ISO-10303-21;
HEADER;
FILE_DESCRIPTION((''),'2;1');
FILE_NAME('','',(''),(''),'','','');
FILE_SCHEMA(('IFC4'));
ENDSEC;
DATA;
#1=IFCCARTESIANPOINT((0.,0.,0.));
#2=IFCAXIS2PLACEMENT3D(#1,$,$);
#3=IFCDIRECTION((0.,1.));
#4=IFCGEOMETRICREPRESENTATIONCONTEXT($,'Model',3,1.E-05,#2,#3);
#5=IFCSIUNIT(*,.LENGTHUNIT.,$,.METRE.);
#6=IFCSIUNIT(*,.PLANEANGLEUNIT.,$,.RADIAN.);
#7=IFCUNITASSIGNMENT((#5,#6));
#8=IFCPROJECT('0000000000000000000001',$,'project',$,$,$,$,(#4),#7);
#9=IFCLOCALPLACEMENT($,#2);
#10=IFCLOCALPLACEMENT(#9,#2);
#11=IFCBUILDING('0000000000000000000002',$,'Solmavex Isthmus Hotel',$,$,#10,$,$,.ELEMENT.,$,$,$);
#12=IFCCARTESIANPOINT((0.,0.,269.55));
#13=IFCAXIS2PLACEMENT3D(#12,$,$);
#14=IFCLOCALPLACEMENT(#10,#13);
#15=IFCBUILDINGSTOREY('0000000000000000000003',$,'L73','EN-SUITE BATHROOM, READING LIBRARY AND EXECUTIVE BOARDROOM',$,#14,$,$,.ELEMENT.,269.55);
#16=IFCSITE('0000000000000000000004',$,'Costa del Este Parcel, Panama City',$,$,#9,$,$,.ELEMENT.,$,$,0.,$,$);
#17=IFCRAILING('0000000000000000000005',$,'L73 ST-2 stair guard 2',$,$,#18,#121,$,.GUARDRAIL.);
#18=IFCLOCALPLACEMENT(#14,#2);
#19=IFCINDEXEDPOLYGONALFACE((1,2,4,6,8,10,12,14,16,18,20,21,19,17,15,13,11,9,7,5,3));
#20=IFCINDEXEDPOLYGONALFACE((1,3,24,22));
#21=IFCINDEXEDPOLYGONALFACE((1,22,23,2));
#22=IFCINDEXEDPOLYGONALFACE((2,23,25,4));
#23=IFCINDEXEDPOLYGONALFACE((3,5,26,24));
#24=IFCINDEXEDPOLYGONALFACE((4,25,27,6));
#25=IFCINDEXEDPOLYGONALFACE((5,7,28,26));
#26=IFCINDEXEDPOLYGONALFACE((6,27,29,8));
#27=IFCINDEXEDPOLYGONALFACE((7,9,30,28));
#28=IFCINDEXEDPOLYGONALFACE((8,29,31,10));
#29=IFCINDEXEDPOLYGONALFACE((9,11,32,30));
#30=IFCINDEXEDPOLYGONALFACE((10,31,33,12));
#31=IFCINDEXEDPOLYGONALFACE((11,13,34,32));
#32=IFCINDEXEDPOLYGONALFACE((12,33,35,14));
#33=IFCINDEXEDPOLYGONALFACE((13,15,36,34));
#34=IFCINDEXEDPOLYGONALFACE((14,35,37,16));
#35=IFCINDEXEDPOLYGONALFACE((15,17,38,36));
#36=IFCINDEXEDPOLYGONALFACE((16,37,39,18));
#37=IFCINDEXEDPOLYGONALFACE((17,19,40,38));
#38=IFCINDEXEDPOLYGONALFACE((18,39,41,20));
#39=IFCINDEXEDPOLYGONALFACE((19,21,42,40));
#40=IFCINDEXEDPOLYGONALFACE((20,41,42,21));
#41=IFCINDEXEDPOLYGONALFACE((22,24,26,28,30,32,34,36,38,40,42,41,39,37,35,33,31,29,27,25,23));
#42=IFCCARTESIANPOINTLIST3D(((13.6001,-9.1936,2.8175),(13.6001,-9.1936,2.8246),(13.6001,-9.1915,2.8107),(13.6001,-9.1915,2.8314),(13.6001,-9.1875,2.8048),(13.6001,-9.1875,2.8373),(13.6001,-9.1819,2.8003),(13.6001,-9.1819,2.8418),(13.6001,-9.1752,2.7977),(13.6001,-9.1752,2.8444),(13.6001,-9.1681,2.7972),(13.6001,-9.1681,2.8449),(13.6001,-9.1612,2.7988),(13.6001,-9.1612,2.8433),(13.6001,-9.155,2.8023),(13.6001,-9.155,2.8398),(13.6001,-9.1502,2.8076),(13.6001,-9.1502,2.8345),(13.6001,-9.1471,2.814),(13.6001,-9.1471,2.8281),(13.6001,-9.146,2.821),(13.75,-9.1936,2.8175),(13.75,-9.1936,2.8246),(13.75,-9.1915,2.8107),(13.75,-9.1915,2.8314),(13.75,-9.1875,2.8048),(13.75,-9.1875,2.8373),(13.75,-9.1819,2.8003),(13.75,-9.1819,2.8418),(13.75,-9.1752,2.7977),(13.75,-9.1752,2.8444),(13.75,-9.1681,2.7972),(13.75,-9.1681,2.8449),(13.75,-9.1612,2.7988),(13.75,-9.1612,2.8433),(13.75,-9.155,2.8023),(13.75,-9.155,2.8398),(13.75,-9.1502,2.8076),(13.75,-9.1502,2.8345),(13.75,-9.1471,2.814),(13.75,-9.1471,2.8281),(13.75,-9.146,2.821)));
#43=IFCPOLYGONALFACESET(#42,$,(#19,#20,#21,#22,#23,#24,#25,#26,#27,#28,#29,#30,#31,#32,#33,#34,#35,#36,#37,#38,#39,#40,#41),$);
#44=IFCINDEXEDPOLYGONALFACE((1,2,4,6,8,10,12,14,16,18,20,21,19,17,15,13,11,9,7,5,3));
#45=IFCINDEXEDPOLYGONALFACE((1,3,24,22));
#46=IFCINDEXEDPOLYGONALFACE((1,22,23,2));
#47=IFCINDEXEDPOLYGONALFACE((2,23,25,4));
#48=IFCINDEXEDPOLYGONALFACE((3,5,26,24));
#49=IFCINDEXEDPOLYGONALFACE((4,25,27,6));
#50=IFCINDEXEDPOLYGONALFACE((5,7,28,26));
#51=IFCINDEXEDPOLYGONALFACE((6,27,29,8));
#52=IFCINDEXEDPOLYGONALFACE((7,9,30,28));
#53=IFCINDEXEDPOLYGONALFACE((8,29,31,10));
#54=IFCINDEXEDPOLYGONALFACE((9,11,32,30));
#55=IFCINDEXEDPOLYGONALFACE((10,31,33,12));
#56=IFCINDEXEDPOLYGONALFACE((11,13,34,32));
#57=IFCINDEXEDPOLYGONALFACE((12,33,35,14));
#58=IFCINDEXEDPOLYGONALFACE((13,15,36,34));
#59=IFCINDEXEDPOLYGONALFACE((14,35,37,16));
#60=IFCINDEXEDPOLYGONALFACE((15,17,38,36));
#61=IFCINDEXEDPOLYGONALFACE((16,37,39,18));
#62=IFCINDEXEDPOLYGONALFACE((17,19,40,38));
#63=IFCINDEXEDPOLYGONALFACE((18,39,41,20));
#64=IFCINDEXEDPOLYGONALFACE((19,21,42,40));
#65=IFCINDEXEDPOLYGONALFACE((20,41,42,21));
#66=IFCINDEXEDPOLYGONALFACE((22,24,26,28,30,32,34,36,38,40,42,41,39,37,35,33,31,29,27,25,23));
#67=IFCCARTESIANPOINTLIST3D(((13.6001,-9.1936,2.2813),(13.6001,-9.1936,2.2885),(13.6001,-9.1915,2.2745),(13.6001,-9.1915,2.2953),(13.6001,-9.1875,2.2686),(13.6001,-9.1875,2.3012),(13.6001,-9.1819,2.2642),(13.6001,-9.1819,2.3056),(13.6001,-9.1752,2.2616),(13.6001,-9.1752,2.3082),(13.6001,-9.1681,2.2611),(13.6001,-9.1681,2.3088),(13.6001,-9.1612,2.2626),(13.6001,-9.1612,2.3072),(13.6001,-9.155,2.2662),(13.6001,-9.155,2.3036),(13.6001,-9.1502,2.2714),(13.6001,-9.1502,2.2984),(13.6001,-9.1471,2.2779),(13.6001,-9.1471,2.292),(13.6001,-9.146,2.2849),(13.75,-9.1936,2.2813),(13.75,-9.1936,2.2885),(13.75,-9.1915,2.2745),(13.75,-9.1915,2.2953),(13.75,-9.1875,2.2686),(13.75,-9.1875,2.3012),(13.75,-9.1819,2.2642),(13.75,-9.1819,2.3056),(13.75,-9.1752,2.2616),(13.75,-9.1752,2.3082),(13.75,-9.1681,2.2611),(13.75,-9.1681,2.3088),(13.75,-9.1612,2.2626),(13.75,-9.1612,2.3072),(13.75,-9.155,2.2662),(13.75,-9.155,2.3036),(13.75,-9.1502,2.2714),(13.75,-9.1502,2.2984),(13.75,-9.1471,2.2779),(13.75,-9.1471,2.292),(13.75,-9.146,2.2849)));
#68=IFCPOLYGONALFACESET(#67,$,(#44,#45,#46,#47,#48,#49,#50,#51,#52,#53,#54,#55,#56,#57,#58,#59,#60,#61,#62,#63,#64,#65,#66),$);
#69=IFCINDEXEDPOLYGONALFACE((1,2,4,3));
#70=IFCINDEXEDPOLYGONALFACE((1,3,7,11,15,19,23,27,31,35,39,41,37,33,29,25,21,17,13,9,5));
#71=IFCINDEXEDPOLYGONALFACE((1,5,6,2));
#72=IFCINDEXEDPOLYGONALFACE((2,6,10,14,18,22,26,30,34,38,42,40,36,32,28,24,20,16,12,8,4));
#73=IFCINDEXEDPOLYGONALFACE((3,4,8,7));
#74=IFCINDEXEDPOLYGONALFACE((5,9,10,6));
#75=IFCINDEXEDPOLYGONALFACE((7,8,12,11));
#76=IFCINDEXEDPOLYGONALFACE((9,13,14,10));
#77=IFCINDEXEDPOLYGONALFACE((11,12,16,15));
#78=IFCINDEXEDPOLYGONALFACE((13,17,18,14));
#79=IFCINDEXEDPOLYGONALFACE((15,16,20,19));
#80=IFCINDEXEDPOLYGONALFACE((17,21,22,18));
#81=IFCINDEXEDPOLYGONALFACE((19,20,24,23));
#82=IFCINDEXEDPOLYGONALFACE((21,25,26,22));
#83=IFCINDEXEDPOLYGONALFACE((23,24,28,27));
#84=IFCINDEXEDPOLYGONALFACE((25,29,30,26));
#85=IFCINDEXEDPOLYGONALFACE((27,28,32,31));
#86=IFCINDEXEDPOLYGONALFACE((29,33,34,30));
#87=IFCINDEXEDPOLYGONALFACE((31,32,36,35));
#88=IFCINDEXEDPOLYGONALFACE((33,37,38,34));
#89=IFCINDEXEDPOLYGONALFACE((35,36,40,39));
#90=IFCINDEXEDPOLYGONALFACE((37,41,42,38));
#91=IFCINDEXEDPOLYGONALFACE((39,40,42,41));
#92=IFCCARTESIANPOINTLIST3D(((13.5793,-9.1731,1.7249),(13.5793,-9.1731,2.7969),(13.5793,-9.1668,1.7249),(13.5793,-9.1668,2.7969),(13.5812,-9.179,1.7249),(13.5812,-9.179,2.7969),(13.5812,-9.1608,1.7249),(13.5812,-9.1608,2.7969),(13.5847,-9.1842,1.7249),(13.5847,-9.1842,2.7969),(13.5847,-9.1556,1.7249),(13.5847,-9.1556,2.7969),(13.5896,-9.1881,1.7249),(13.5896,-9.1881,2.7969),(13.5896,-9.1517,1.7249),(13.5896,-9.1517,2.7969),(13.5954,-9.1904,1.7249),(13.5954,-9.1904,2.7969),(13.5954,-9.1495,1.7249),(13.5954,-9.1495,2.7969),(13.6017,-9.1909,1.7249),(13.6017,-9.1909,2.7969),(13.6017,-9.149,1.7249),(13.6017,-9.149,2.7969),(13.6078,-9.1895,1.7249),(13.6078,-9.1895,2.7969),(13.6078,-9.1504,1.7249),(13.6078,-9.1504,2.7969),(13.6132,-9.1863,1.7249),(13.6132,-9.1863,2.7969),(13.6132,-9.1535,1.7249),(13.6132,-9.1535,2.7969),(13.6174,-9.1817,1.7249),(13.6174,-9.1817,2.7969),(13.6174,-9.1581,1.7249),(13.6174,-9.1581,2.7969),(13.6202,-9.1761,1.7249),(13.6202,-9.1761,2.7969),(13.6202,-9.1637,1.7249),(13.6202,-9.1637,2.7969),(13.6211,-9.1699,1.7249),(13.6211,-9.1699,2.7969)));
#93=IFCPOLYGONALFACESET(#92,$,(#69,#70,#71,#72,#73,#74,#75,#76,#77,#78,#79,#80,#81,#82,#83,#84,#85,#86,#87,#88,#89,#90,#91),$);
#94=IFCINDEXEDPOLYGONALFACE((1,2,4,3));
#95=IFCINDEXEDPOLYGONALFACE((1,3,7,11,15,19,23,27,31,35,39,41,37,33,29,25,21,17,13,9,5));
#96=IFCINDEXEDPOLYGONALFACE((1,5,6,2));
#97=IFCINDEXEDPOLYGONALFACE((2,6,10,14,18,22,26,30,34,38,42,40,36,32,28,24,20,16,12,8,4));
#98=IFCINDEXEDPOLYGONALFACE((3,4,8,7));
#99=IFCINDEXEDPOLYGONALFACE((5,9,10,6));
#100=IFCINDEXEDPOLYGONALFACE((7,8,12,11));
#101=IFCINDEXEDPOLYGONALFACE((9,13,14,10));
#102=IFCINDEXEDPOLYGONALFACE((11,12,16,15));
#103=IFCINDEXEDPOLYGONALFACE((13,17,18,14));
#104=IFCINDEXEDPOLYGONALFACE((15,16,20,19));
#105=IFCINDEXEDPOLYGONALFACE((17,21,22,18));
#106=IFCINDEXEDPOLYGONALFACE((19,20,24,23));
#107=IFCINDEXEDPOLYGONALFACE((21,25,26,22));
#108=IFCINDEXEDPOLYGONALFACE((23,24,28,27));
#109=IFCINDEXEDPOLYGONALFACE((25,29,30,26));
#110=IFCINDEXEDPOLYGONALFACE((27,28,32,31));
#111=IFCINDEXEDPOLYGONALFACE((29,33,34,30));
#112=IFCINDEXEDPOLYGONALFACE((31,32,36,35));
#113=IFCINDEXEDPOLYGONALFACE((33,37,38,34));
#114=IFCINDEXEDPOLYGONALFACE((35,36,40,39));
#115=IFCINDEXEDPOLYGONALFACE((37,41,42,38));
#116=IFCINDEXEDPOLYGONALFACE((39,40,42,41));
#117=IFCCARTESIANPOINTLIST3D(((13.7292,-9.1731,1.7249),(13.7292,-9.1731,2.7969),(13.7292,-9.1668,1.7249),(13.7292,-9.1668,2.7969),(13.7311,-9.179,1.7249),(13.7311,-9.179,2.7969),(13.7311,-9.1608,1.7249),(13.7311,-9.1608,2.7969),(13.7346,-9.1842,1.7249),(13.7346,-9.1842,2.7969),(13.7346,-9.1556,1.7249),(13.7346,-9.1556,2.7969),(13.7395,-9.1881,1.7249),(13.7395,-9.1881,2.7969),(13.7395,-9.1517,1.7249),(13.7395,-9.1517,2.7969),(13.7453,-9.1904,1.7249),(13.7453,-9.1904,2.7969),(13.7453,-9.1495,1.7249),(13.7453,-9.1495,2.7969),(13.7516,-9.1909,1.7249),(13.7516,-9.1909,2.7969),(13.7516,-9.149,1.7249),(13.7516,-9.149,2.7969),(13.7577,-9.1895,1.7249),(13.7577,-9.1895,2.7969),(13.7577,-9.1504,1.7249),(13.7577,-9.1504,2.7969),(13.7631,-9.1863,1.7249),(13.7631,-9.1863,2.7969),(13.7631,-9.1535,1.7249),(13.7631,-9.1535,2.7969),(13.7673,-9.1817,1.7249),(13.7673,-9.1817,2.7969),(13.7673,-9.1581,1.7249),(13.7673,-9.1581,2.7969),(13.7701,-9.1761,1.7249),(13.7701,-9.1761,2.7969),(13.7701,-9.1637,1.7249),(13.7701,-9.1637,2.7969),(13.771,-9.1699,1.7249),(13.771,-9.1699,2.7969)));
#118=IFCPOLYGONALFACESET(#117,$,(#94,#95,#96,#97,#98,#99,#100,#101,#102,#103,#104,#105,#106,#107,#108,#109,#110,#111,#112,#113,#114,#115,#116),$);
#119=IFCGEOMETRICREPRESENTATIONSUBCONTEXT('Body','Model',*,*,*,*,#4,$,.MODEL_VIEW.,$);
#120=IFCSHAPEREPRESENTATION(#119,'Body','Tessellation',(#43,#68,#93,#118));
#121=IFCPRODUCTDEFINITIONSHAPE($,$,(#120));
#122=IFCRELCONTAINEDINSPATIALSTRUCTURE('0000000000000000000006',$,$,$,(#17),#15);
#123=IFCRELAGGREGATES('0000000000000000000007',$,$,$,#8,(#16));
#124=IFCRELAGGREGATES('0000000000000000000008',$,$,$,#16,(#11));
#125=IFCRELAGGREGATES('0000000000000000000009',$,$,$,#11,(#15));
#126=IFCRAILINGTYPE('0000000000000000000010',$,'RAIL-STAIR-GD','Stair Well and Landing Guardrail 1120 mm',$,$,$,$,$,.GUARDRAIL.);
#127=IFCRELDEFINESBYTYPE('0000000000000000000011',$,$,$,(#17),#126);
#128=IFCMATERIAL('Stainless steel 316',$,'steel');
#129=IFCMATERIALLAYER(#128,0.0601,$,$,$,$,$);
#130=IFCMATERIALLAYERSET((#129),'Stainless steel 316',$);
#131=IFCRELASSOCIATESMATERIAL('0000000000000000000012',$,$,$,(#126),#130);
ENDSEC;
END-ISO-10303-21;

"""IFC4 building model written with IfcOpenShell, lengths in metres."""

from ifc_helpers import new_model, si_unit, direction, frame, origin, origin_2d, place, context, subcontext, project, spatial, circle, extrude, material, layer, layer_set, type_object, element, save


model = new_model("IFC4")

# Units and contexts
model_context = context("Model", 3, precision=1e-05, world=origin(), true_north=direction((0.0, 1.0)))
body_context = subcontext(model_context, "Body", "Model", "MODEL_VIEW")
ifc_project = project(units=[si_unit("LENGTHUNIT", "METRE"), si_unit("PLANEANGLEUNIT", "RADIAN")], contexts=[model_context])

# Site, building, storey
site_placement = place(None, origin())
site = spatial("IfcSite", under=ifc_project, at=site_placement, Name="Costa del Este Parcel, Panama City", CompositionType="ELEMENT", RefElevation=0.0)
building_placement = place(site_placement, origin())
building = spatial("IfcBuilding", under=site, at=building_placement, Name="Solmavex Isthmus Hotel", CompositionType="ELEMENT")
storey_placement = place(building_placement, frame((0.0, 0.0, 269.55)))
storey = spatial("IfcBuildingStorey", under=building, at=storey_placement, Name="L73", Description="EN-SUITE BATHROOM, READING LIBRARY AND EXECUTIVE BOARDROOM", CompositionType="ELEMENT", Elevation=269.55)

# Railing
ifc_material_1 = material(Name="Stainless steel 316", Category="steel")
ifc_layer_1 = layer(ifc_material_1, 0.0601)
ifc_layer_set_1 = layer_set([ifc_layer_1], Name="Stainless steel 316")
railing_type_1 = type_object("IfcRailingType", Name="RAIL-STAIR-GD", Description="Stair Well and Landing Guardrail 1120 mm", PredefinedType="GUARDRAIL", material=ifc_layer_set_1)
railing_1_placement = place(storey_placement, frame((13.6001, -9.1699, 1.7249)))
element("IfcRailing", 1, at=railing_1_placement, inside=storey, type_object=railing_type_1, Name="L73 ST-2 stair guard 2", PredefinedType="GUARDRAIL", context=body_context, shape_type="SweptSolid", body=[
    extrude(circle(Radius=0.0239, at=origin_2d()), frame((0.0, 0.0, 1.0962), z_axis=(1.0, 0.0, 0.0), x_axis=(0.0, 1.0, 0.0)), (0.0, 0.0, 1.0), 0.1499),
    extrude(circle(Radius=0.0239, at=origin_2d()), frame((0.0, 0.0, 0.5601), z_axis=(1.0, 0.0, 0.0), x_axis=(0.0, 1.0, 0.0)), (0.0, 0.0, 1.0), 0.1499),
    extrude(circle(Radius=0.021, at=origin_2d()), origin(), (0.0, 0.0, 1.0), 1.072),
    extrude(circle(Radius=0.021, at=origin_2d()), frame((0.1499, 0.0, 0.0)), (0.0, 0.0, 1.0), 1.072),
])

save(model, "model.ifc")
